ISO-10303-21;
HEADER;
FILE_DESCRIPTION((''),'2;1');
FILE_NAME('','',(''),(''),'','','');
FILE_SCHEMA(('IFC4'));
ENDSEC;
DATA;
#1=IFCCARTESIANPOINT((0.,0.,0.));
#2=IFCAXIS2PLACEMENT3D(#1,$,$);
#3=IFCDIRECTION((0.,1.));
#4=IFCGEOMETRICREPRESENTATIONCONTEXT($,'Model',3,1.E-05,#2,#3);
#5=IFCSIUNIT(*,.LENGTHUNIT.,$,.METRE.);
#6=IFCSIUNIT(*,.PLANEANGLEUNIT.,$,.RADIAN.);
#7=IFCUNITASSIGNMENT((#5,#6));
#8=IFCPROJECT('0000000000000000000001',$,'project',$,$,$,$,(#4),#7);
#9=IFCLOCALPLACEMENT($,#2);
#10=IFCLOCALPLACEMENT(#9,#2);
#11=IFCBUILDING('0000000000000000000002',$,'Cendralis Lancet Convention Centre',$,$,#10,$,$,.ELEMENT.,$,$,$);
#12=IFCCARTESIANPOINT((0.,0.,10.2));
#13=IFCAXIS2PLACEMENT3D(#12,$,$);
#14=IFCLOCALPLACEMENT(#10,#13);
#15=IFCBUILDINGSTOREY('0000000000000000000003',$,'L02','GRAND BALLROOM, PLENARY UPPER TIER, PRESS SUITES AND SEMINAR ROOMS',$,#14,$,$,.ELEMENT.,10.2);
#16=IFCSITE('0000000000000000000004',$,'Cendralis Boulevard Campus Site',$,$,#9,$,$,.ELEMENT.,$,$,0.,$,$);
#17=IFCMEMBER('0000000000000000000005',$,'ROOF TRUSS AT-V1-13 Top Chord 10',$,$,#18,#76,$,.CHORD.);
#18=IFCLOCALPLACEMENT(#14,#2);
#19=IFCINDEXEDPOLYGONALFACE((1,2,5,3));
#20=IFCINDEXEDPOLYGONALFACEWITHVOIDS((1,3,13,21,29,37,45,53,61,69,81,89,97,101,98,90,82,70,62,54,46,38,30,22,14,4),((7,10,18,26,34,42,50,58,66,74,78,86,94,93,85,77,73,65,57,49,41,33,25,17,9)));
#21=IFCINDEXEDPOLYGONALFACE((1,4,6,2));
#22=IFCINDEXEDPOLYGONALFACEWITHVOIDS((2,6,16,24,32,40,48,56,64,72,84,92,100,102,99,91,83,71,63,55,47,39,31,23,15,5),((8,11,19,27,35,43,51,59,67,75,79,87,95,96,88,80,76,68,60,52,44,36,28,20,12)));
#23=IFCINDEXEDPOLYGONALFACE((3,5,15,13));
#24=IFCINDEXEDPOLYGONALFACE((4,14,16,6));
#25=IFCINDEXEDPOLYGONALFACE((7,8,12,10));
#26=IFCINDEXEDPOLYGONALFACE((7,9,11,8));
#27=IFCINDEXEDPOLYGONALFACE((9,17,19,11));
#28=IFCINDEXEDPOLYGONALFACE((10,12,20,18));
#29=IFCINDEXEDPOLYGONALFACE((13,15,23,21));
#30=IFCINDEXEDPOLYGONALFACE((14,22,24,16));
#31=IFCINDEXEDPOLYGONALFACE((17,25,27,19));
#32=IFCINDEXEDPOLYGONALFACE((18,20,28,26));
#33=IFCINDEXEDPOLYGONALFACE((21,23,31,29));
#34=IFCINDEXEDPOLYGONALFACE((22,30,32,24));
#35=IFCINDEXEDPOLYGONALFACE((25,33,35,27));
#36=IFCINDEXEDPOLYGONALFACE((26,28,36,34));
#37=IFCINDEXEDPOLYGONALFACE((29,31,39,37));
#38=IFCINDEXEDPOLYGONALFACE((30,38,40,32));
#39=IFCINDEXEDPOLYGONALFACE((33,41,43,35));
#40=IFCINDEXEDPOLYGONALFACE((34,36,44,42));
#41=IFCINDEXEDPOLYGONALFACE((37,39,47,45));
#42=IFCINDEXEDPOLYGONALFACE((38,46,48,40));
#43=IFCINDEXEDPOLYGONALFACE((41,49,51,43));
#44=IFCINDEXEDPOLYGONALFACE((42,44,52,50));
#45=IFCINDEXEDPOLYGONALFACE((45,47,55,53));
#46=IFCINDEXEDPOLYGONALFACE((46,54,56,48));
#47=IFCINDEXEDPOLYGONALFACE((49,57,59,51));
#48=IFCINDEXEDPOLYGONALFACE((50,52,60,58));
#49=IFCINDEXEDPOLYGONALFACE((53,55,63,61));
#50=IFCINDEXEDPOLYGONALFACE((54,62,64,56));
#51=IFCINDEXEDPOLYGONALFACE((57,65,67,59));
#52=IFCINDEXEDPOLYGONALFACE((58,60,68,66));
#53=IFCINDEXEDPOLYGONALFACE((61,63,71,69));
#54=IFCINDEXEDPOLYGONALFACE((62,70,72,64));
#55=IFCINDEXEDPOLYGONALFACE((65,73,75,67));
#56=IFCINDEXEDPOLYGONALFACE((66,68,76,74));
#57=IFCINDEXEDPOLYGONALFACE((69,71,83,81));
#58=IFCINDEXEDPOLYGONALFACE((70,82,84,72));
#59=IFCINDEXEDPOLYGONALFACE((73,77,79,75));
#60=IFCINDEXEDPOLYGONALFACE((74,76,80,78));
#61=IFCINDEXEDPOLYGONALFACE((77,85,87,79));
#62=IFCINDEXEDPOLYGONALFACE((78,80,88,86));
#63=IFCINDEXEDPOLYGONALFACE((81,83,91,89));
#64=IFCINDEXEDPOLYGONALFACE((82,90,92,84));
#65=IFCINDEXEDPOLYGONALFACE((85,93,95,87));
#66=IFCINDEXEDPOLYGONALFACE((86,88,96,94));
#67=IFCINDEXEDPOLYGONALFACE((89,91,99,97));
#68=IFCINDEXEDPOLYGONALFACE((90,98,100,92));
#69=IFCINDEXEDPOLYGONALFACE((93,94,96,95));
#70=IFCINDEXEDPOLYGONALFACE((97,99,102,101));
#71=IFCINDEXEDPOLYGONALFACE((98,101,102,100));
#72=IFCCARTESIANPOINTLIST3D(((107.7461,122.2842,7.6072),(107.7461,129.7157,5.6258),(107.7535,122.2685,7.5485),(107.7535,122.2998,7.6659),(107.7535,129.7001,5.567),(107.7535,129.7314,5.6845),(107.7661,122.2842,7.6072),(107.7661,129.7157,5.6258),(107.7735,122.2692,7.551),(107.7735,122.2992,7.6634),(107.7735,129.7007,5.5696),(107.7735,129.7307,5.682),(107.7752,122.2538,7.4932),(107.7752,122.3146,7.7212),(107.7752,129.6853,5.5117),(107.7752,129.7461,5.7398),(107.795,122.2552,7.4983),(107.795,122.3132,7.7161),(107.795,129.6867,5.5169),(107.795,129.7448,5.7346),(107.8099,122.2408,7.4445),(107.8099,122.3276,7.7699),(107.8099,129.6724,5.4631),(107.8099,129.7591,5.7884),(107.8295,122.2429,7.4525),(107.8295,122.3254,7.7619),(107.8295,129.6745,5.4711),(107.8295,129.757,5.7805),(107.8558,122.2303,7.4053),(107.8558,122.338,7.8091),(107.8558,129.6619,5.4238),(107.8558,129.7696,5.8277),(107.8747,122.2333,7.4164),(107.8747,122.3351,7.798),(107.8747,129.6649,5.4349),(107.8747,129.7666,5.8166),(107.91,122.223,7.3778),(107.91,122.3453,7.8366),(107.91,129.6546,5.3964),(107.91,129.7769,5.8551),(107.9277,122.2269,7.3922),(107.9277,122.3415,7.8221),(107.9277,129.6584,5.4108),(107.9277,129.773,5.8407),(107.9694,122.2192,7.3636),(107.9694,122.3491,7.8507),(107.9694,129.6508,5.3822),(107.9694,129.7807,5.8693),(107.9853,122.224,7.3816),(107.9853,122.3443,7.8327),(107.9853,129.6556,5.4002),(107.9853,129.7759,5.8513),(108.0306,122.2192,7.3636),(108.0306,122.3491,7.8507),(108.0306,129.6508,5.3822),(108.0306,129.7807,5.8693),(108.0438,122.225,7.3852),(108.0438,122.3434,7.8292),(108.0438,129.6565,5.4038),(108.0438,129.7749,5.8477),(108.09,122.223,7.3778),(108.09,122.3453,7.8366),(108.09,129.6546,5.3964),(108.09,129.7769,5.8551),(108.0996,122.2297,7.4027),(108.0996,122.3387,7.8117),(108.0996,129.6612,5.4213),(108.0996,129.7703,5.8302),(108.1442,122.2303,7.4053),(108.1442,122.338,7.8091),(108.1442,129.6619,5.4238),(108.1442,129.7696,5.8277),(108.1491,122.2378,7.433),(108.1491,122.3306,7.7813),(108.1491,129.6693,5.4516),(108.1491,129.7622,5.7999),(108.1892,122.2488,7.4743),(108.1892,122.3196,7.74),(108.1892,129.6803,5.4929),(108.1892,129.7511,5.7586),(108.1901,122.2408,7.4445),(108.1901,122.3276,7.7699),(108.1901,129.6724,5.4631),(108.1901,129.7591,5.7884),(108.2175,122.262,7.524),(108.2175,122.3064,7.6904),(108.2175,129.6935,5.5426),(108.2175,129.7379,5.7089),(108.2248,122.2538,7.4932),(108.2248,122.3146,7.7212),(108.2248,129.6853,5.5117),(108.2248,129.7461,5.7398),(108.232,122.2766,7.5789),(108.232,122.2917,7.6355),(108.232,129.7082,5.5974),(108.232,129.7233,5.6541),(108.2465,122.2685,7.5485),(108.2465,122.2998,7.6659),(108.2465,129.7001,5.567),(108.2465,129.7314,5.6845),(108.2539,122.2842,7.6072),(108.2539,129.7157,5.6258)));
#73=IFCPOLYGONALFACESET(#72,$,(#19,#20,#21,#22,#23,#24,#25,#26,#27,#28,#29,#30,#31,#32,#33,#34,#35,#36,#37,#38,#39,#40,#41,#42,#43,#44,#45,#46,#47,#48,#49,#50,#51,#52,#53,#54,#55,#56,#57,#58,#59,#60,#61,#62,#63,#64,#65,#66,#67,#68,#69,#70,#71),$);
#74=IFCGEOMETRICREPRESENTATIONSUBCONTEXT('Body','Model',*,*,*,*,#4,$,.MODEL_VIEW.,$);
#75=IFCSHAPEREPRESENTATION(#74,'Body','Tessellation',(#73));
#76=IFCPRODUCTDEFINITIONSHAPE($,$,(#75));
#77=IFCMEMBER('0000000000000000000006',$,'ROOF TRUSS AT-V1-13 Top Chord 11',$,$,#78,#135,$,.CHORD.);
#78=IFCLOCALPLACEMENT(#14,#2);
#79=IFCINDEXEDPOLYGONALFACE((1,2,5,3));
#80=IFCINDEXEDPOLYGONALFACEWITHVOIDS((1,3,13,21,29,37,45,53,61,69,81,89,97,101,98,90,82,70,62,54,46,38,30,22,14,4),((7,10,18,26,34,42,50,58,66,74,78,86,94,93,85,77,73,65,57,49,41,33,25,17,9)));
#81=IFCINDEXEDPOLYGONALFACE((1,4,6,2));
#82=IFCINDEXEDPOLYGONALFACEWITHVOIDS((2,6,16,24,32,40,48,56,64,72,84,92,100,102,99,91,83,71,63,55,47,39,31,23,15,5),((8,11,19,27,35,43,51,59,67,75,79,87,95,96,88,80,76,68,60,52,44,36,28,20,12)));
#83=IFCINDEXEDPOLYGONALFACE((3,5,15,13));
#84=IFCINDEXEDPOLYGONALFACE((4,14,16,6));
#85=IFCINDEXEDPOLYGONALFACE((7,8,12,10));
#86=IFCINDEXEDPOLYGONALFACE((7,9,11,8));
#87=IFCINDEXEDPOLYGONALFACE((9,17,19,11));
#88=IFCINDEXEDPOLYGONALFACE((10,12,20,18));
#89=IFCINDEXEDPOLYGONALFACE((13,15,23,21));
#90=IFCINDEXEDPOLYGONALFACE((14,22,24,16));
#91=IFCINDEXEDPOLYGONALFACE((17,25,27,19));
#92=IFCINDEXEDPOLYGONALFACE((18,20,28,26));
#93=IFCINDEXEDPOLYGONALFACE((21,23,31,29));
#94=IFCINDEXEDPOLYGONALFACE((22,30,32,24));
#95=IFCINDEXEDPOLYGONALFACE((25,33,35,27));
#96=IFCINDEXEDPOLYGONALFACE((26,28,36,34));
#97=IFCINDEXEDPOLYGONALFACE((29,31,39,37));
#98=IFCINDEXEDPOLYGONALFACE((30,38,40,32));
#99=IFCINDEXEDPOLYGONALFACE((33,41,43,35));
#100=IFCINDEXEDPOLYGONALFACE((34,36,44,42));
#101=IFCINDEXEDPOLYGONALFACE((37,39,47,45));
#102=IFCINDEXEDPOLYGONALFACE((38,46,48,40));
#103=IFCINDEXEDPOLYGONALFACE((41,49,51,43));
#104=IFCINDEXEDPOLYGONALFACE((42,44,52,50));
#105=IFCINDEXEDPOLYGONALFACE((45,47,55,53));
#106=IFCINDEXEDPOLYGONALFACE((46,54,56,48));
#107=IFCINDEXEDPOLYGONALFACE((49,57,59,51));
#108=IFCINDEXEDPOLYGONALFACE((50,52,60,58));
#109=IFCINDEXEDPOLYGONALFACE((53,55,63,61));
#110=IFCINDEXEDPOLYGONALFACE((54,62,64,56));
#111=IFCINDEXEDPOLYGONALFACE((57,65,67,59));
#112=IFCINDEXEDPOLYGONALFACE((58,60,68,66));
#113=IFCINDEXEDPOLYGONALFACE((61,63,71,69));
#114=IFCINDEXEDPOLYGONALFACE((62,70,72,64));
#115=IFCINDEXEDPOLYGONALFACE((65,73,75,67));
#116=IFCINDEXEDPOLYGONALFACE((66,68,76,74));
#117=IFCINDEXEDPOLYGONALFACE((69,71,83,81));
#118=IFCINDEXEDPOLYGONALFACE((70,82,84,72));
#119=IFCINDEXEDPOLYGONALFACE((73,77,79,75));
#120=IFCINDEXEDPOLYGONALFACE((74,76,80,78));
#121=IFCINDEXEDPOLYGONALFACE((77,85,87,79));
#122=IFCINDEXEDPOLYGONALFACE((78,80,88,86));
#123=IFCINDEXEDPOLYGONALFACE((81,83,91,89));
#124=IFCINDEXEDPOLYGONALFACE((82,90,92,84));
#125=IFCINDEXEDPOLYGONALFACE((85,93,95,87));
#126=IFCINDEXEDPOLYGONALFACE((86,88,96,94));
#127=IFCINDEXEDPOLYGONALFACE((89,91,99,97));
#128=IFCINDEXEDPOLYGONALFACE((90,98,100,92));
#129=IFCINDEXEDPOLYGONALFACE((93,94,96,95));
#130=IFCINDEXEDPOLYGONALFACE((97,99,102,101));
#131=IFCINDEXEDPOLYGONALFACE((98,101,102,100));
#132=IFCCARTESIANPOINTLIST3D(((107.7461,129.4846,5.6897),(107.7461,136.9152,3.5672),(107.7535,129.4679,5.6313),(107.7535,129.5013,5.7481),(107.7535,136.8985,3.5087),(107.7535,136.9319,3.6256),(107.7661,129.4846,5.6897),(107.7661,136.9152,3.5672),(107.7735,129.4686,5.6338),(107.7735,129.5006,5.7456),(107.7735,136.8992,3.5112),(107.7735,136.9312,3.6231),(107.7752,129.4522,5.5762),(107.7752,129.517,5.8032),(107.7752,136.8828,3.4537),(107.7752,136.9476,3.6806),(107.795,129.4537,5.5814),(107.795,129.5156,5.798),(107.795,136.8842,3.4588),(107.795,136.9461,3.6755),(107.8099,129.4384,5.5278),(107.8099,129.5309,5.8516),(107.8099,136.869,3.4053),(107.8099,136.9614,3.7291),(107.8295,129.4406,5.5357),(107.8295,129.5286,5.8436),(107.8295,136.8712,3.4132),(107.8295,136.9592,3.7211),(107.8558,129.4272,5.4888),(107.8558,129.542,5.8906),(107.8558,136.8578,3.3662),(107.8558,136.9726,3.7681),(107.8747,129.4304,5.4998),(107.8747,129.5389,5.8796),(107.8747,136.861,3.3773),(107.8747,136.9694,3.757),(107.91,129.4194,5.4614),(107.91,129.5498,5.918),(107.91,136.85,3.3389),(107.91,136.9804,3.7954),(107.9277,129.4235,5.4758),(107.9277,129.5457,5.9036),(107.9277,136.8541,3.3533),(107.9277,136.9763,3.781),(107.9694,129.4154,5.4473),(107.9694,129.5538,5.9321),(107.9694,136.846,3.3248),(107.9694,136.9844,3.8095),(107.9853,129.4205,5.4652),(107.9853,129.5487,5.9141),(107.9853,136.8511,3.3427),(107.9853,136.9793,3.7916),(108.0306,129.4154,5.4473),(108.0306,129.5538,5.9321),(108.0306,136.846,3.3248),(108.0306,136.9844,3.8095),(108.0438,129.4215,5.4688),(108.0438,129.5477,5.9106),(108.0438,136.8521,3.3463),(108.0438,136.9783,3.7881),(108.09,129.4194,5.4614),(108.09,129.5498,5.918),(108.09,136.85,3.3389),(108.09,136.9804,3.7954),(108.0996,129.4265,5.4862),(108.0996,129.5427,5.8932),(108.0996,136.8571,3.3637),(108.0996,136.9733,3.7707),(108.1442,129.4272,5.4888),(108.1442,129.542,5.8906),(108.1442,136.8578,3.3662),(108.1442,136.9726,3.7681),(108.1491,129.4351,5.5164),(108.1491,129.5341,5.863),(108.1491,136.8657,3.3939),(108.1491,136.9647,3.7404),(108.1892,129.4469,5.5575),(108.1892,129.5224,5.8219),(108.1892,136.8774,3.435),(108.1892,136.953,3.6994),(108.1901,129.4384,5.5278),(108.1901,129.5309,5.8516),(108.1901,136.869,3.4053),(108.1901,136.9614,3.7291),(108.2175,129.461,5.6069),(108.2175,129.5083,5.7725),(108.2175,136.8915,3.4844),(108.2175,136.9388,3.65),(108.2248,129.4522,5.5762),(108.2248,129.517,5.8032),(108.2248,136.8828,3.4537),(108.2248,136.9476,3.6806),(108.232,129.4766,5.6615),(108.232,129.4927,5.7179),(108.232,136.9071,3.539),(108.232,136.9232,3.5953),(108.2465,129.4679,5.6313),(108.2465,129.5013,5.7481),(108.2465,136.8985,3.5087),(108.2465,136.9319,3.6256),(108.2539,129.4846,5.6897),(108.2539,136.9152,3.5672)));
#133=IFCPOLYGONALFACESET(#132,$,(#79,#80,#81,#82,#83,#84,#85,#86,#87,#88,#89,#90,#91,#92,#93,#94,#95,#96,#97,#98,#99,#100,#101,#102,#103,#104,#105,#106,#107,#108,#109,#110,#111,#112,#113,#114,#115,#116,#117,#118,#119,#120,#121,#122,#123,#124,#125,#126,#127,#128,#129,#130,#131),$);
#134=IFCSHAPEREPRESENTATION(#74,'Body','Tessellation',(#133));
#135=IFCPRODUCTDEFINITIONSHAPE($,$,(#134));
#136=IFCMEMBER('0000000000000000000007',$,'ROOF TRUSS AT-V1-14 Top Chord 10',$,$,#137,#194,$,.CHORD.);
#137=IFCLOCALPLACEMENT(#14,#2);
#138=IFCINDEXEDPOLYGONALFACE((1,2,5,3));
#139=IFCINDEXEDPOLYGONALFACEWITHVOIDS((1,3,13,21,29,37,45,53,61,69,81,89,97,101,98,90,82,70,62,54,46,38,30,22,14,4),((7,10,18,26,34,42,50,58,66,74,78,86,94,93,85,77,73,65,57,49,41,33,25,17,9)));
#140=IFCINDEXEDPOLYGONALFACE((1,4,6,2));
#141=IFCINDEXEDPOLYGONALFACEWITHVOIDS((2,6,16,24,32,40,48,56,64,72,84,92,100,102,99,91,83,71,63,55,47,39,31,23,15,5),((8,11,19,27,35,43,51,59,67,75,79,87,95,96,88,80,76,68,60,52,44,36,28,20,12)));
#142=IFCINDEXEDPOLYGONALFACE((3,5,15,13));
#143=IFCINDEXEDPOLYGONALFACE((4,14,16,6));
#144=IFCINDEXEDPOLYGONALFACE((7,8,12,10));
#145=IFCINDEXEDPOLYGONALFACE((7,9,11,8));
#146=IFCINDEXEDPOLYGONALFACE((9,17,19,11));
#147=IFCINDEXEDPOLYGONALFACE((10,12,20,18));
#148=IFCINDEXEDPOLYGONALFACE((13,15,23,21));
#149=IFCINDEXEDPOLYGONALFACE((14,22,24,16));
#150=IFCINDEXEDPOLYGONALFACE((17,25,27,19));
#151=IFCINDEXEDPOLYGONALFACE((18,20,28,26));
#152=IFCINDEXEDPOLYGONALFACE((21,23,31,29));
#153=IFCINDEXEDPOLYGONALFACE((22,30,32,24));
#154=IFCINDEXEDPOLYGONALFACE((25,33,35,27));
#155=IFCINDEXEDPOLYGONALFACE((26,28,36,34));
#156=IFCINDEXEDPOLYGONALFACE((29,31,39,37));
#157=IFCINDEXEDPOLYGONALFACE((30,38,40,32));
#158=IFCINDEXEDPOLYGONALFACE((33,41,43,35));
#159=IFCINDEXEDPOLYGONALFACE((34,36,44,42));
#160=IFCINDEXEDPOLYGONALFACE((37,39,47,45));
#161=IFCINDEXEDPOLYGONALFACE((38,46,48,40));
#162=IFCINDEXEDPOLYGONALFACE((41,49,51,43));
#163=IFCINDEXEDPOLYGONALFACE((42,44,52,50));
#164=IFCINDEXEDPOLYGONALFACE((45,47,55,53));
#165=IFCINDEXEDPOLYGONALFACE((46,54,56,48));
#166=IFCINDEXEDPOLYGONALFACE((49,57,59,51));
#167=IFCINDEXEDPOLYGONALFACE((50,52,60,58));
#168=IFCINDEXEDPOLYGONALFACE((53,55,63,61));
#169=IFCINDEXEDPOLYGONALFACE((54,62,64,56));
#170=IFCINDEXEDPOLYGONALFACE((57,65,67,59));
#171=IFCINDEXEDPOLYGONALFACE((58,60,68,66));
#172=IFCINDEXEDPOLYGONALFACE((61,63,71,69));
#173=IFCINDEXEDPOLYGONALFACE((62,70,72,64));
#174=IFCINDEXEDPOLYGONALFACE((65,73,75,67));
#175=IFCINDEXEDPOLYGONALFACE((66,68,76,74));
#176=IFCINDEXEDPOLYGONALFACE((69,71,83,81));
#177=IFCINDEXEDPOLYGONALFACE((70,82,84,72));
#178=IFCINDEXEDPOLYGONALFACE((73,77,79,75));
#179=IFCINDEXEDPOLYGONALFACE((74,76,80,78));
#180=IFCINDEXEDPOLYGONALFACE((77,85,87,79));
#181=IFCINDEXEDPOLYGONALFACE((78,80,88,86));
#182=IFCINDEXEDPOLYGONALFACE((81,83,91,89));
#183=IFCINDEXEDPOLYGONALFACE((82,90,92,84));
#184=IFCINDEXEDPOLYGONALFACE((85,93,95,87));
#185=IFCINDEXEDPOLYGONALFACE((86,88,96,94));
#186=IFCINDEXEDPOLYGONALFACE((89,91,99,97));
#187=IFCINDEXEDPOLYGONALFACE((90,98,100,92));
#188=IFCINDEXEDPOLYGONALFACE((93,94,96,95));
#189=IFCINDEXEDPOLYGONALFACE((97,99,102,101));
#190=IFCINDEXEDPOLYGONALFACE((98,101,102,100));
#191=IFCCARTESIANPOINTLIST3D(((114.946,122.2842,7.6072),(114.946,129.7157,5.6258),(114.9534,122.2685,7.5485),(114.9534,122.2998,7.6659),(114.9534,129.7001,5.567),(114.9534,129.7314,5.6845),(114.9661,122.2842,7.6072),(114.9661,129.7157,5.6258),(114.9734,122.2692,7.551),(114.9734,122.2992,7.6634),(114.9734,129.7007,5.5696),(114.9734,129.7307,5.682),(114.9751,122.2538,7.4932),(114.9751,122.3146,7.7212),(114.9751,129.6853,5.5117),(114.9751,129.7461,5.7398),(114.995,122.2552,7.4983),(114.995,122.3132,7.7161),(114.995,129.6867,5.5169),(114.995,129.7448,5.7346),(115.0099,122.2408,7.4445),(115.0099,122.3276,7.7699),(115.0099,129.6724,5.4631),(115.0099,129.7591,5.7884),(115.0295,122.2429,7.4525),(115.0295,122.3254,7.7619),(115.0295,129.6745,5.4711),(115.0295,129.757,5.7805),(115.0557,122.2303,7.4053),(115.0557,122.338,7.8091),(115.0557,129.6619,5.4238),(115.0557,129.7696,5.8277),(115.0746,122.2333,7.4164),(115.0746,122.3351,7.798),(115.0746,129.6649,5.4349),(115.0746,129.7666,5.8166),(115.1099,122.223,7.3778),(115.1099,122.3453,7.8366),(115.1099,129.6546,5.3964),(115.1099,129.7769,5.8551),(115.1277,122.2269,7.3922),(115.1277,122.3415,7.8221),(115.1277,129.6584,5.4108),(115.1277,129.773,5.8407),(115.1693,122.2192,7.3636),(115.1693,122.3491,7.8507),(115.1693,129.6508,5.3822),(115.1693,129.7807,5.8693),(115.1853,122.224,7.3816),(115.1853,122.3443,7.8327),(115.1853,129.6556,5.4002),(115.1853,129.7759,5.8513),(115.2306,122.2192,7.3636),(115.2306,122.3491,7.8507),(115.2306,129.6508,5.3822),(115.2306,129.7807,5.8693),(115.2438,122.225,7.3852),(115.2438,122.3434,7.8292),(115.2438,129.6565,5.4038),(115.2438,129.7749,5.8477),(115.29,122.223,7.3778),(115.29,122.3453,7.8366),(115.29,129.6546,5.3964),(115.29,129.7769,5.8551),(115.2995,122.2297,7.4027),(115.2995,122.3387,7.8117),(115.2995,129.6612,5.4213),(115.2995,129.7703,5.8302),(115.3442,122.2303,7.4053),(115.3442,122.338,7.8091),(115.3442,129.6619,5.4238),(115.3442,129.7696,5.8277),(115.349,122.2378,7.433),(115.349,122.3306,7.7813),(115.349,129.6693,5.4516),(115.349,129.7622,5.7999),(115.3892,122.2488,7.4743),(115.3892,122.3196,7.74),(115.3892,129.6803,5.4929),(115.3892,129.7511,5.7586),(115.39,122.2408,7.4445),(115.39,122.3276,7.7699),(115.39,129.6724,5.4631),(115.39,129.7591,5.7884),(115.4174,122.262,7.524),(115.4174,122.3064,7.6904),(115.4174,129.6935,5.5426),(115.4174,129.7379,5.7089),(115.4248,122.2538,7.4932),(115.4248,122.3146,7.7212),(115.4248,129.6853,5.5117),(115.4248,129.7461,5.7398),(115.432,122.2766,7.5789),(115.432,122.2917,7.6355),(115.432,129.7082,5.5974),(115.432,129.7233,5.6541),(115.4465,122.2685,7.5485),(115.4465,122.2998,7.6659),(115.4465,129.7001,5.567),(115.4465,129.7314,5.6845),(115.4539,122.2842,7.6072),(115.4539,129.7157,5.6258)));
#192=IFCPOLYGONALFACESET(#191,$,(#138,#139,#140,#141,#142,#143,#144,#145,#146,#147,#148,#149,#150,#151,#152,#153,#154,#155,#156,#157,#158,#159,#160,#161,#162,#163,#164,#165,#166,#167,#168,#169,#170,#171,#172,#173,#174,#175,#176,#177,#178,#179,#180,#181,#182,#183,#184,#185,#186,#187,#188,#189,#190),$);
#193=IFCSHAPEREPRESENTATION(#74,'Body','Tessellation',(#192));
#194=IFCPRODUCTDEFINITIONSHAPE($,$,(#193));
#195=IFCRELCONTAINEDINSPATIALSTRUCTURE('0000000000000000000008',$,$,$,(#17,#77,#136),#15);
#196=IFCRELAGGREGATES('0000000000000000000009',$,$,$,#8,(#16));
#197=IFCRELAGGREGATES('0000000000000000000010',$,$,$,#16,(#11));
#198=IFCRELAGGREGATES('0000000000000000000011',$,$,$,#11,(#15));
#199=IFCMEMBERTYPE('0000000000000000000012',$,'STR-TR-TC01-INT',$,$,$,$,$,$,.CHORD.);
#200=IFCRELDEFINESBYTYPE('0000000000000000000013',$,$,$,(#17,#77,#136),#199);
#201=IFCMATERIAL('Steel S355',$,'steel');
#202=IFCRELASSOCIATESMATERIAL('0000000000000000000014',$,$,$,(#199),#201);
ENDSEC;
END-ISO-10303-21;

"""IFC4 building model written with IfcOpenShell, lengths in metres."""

from ifc_helpers import new_model, si_unit, direction, frame, origin, origin_2d, place, context, subcontext, project, spatial, hollow_circle, extrude, material, material_profile, profile_set, type_object, element, save


model = new_model("IFC4")

# Units and contexts
model_context = context("Model", 3, precision=1e-05, world=origin(), true_north=direction((0.0, 1.0)))
body_context = subcontext(model_context, "Body", "Model", "MODEL_VIEW")
ifc_project = project(units=[si_unit("LENGTHUNIT", "METRE"), si_unit("PLANEANGLEUNIT", "RADIAN")], contexts=[model_context])

# Site, building, storey
site_placement = place(None, origin())
site = spatial("IfcSite", under=ifc_project, at=site_placement, Name="Cendralis Boulevard Campus Site", CompositionType="ELEMENT", RefElevation=0.0)
building_placement = place(site_placement, origin())
building = spatial("IfcBuilding", under=site, at=building_placement, Name="Cendralis Lancet Convention Centre", CompositionType="ELEMENT")
storey_placement = place(building_placement, frame((0.0, 0.0, 10.2)))
storey = spatial("IfcBuildingStorey", under=building, at=storey_placement, Name="L02", Description="GRAND BALLROOM, PLENARY UPPER TIER, PRESS SUITES AND SEMINAR ROOMS", CompositionType="ELEMENT", Elevation=10.2)

# Members
ifc_material_1 = material(Name="Steel S355", Category="steel")
ifc_material_profile_1 = material_profile(ifc_material_1, hollow_circle(Radius=0.2539, WallThickness=0.02, at=origin_2d()), Name="CHS 508.0x20.0")
ifc_profile_set_1 = profile_set([ifc_material_profile_1], Name="Steel S355")
member_type_1 = type_object("IfcMemberType", Name="STR-TR-TC01-INT", PredefinedType="CHORD", material=ifc_profile_set_1)
member_1_placement = place(storey_placement, frame((108.0, 122.2842, 7.6072), z_axis=(0.0, 0.966245, -0.257623), x_axis=(-1.0, 0.0, 0.0)))
element("IfcMember", 1, at=member_1_placement, inside=storey, type_object=member_type_1, Name="ROOF TRUSS AT-V1-13 Top Chord 10", PredefinedType="CHORD", context=body_context, shape_type="SweptSolid", body=[
    extrude(hollow_circle(Radius=0.2539, WallThickness=0.02, at=origin_2d()), origin(), (0.0, 0.0, 1.0), 7.6912),
])
member_2_placement = place(storey_placement, frame((108.0, 129.4846, 5.6897), z_axis=(0.0, 0.961541, -0.274663), x_axis=(-1.0, 0.0, 0.0)))
element("IfcMember", 2, at=member_2_placement, inside=storey, type_object=member_type_1, Name="ROOF TRUSS AT-V1-13 Top Chord 11", PredefinedType="CHORD", context=body_context, shape_type="SweptSolid", body=[
    extrude(hollow_circle(Radius=0.2539, WallThickness=0.02, at=origin_2d()), origin(), (0.0, 0.0, 1.0), 7.7278),
])
member_3_placement = place(storey_placement, frame((115.2, 122.2842, 7.6072), z_axis=(0.0, 0.966245, -0.257623), x_axis=(-1.0, 0.0, 0.0)))
element("IfcMember", 3, at=member_3_placement, inside=storey, type_object=member_type_1, Name="ROOF TRUSS AT-V1-14 Top Chord 10", PredefinedType="CHORD", context=body_context, shape_type="SweptSolid", body=[
    extrude(hollow_circle(Radius=0.2539, WallThickness=0.02, at=origin_2d()), origin(), (0.0, 0.0, 1.0), 7.6912),
])

save(model, "model.ifc")
